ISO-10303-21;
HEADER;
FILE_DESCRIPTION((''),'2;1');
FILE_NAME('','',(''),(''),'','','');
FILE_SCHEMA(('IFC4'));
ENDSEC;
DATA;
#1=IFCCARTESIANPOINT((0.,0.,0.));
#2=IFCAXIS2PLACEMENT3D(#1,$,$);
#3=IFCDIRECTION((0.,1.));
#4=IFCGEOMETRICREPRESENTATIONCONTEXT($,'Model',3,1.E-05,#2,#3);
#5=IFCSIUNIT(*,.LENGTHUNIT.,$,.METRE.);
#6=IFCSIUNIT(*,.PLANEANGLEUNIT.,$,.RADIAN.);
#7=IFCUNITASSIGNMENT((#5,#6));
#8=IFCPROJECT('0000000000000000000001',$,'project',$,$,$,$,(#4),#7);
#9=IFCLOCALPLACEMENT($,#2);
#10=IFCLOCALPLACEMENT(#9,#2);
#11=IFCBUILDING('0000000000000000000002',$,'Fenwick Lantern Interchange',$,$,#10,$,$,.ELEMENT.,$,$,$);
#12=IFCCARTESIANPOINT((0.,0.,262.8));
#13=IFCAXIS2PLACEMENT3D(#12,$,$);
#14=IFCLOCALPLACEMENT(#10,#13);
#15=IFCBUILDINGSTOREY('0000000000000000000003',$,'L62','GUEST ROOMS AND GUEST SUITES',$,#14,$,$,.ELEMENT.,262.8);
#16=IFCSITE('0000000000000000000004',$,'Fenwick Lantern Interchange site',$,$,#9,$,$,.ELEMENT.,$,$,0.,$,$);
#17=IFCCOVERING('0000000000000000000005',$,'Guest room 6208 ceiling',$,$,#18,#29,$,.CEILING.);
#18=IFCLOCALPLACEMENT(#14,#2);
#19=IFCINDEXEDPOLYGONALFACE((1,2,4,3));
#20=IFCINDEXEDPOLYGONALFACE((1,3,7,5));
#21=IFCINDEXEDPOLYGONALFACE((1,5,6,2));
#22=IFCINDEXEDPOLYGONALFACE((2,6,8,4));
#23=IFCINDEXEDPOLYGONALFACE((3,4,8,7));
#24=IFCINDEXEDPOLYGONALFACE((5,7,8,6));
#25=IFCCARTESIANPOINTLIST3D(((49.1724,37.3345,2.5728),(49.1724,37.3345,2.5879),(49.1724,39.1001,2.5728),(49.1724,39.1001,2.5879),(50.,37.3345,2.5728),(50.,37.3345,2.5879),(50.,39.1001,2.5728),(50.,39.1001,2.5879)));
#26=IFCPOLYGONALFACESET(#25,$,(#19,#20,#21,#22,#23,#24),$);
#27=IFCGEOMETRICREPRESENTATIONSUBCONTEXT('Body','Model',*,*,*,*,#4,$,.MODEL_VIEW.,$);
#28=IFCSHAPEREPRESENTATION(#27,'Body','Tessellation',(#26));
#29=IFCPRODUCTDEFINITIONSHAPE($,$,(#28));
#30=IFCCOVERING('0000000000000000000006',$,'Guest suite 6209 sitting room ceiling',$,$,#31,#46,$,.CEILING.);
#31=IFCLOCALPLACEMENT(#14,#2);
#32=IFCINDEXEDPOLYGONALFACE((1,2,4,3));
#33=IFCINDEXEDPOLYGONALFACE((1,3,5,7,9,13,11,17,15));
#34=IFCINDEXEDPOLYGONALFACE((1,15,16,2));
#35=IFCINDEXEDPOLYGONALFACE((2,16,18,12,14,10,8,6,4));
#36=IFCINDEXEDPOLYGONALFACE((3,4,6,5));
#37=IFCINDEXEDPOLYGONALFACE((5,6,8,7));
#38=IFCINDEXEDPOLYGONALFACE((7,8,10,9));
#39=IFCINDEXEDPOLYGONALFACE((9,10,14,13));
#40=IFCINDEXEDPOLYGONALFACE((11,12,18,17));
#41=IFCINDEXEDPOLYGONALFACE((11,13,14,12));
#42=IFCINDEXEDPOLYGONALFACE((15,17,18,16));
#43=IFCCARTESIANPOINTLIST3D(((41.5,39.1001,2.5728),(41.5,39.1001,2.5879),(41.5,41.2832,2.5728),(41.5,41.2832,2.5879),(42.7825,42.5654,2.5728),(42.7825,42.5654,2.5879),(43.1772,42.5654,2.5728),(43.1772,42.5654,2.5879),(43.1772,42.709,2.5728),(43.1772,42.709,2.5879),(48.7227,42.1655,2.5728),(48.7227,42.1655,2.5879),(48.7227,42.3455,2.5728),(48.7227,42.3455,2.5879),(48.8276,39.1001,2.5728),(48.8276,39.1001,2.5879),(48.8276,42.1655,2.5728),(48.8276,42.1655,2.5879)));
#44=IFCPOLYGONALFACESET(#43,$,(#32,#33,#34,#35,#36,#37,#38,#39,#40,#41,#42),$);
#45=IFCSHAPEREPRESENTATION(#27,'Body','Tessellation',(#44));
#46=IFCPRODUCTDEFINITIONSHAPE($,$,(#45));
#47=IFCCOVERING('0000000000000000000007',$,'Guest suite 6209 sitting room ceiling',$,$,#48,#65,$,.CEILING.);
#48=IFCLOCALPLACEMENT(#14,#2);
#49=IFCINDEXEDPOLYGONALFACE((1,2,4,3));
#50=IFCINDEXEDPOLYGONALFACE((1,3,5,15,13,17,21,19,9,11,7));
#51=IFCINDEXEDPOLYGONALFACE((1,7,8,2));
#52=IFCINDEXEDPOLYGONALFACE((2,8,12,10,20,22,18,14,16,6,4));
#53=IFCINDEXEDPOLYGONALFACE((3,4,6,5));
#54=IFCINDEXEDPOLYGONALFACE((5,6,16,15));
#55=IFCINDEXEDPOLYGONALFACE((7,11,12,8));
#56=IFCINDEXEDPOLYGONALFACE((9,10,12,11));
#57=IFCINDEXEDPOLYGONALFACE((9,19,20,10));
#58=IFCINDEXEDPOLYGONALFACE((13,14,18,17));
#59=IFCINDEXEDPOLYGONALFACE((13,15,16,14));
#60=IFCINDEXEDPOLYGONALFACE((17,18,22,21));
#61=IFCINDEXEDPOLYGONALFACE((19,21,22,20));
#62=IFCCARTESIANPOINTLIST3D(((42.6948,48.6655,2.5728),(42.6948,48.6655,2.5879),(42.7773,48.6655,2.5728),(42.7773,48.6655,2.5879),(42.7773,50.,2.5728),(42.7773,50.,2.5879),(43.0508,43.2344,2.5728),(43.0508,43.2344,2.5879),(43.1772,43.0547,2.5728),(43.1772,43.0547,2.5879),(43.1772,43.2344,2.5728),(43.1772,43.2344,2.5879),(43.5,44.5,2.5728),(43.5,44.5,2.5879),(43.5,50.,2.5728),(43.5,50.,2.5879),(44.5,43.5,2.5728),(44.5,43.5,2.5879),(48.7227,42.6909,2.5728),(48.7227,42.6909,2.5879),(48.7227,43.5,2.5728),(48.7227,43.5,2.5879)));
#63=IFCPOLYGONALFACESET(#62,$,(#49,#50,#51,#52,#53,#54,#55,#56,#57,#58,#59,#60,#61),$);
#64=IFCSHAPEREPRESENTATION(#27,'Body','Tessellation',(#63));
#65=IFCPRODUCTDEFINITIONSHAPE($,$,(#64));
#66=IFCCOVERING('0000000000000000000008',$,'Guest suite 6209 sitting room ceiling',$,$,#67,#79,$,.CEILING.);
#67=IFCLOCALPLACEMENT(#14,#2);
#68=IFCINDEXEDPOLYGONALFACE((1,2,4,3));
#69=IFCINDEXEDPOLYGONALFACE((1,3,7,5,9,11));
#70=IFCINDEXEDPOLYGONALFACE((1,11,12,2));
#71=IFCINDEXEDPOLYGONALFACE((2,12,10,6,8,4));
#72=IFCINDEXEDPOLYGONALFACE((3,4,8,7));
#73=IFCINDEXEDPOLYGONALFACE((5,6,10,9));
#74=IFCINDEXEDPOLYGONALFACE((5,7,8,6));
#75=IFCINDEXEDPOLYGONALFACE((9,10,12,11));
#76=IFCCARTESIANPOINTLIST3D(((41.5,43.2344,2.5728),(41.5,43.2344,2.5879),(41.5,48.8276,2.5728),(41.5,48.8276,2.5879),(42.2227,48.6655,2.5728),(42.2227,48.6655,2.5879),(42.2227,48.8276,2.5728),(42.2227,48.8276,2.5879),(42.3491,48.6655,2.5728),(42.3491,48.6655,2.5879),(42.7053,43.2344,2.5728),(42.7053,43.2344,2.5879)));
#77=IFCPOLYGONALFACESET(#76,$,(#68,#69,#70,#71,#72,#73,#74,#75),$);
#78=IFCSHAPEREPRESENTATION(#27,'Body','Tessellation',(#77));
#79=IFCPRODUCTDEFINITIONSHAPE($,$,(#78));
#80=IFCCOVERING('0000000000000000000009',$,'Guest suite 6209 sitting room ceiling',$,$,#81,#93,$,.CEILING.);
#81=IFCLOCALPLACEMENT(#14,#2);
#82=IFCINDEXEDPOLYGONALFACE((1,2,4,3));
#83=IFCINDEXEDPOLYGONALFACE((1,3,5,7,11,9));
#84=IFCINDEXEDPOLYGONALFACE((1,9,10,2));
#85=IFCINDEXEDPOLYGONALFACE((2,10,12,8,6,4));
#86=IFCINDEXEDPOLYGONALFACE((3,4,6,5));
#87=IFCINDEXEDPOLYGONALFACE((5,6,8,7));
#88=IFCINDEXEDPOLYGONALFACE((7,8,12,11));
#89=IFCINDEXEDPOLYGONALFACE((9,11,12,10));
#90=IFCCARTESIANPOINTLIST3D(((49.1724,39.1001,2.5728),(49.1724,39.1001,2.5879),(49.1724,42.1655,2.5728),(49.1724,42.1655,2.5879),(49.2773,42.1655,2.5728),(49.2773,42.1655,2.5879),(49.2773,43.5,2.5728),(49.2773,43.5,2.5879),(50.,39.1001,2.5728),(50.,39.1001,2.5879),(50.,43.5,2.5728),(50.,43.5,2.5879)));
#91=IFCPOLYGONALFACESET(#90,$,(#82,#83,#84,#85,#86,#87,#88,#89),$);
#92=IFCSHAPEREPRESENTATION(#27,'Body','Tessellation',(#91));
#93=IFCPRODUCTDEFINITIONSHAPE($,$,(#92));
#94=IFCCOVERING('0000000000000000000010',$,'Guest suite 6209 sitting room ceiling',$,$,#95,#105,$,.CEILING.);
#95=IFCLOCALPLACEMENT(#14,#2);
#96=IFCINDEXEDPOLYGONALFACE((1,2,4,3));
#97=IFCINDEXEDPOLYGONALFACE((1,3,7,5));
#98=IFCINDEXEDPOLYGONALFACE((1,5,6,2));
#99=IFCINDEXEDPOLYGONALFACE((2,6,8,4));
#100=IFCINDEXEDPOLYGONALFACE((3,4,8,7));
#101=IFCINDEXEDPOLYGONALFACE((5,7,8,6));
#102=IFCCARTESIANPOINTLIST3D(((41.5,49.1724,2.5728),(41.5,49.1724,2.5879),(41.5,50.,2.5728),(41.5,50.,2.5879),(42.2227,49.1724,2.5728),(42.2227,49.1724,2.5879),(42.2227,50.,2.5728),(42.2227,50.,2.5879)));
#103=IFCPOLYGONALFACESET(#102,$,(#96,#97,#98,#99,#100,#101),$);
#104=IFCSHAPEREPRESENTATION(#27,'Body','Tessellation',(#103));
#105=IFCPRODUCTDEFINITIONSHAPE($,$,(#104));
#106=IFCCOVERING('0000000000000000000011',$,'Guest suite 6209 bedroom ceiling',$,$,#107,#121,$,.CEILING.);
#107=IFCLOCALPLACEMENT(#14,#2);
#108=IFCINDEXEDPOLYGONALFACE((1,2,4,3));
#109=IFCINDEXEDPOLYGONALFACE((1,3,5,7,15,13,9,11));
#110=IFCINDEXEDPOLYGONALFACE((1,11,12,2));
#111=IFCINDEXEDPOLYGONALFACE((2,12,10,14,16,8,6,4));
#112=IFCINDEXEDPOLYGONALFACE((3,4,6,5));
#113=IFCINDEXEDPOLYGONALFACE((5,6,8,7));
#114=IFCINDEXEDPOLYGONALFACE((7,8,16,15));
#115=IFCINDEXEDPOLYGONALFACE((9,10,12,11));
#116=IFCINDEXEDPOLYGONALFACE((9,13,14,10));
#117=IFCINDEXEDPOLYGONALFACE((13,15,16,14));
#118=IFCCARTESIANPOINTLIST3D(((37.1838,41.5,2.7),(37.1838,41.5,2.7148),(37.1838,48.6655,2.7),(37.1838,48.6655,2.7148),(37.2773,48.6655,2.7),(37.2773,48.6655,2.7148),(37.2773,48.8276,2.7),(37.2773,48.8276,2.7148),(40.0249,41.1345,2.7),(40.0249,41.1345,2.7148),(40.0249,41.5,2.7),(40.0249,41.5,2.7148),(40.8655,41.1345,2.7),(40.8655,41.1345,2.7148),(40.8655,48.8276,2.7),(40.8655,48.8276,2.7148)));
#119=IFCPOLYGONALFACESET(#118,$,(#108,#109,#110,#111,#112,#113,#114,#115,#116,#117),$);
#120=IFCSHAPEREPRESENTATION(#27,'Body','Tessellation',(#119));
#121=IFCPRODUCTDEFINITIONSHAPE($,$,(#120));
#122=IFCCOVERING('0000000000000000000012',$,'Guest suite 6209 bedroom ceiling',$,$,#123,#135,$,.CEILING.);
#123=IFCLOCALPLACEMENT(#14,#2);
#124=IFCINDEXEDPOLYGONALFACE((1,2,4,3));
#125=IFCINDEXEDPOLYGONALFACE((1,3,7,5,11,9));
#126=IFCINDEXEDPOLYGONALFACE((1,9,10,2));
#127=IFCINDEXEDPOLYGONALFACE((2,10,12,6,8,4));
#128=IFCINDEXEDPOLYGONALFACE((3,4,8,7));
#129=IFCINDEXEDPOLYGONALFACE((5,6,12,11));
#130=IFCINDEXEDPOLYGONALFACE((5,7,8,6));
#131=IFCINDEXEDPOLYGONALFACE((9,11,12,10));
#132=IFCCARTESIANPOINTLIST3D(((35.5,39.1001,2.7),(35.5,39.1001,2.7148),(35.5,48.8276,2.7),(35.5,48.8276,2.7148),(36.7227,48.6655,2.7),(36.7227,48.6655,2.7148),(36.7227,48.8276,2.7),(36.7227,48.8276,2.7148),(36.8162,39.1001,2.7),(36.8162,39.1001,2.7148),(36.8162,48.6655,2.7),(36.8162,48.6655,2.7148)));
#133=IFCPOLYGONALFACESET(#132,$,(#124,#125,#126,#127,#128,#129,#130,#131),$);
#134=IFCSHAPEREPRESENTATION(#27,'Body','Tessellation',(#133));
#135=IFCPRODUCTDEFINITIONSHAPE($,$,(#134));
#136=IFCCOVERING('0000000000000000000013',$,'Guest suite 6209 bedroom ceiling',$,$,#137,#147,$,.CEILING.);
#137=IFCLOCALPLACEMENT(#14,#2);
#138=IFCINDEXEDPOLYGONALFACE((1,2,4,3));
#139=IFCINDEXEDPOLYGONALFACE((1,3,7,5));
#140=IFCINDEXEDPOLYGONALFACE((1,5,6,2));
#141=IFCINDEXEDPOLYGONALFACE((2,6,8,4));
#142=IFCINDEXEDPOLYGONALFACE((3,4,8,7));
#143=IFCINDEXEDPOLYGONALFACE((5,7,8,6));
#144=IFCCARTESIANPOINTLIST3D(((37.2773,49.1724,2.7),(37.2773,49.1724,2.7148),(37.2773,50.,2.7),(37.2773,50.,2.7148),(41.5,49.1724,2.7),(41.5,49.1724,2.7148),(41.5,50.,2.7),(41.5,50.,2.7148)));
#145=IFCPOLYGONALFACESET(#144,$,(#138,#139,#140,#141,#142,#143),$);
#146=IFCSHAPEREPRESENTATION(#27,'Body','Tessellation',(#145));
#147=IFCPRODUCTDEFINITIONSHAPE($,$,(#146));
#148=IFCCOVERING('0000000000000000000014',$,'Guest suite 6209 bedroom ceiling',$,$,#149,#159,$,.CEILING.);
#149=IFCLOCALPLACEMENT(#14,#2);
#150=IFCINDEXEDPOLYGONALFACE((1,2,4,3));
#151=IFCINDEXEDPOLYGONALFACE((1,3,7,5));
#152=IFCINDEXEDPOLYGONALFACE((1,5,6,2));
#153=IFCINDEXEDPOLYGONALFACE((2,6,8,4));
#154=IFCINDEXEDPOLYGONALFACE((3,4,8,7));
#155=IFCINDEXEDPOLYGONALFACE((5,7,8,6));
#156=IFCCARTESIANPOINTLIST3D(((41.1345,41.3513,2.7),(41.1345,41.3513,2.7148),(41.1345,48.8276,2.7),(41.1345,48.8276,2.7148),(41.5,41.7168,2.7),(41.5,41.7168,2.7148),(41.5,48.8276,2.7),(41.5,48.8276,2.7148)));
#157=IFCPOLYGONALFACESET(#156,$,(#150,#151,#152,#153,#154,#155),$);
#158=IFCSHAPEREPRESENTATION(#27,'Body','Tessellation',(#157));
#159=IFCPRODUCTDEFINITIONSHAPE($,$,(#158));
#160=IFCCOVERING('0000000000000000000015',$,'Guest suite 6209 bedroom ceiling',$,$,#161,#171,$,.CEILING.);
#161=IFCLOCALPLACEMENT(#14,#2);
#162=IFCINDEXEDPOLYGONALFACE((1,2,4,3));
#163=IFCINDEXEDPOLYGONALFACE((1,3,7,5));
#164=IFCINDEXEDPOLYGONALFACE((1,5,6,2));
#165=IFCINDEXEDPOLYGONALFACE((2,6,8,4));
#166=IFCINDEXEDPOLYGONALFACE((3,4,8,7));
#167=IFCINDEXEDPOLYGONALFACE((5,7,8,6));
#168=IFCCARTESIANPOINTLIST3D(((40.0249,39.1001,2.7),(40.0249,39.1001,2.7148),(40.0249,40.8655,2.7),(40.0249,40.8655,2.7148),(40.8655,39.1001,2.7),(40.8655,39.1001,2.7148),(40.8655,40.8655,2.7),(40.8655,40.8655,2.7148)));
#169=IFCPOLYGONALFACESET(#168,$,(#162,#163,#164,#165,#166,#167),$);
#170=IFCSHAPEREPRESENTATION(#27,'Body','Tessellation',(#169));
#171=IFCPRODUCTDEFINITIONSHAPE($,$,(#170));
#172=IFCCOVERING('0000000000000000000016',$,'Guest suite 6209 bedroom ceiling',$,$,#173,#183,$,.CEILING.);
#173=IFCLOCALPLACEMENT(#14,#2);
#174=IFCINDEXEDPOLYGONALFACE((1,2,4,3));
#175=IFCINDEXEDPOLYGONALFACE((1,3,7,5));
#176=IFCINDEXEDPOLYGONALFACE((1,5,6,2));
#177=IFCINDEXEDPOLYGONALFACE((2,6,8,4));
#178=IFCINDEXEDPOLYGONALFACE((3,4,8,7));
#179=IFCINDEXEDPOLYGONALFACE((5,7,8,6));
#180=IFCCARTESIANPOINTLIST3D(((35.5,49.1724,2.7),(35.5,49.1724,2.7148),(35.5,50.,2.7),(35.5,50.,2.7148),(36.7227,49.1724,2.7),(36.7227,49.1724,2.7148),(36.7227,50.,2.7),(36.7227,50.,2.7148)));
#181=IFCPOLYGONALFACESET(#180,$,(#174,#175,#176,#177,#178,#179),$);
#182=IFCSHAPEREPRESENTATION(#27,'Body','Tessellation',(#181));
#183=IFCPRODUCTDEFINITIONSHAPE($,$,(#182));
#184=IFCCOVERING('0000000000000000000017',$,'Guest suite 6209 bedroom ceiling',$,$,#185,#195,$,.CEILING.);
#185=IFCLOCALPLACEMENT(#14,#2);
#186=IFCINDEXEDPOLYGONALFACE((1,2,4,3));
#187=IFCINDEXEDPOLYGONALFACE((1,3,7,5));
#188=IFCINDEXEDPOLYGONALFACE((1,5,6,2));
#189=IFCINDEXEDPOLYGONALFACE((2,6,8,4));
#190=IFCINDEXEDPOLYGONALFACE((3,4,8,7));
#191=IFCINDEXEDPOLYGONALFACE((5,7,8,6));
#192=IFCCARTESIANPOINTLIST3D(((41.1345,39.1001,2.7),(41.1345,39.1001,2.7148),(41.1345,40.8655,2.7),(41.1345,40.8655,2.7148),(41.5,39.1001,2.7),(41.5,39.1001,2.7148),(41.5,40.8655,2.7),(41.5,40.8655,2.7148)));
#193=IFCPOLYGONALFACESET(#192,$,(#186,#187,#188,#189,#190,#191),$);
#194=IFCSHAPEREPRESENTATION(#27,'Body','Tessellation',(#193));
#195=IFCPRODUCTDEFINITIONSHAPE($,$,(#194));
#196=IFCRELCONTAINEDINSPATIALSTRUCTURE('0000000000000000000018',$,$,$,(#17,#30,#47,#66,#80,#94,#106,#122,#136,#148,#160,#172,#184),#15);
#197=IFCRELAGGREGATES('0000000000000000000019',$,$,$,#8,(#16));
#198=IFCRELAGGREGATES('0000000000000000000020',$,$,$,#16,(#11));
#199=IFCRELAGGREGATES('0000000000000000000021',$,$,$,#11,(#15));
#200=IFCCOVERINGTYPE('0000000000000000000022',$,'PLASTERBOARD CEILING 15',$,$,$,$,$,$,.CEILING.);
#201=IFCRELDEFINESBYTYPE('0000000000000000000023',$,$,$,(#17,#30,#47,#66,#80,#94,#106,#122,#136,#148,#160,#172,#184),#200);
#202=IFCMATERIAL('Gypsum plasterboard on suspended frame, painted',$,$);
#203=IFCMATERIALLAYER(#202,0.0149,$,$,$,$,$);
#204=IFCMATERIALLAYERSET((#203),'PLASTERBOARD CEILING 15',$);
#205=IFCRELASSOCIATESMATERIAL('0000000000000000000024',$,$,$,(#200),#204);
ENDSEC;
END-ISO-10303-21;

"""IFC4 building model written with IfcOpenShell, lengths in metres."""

from ifc_helpers import new_model, si_unit, direction, frame, origin, place, context, subcontext, project, spatial, polyline, outline, extrude, material, layer, layer_set, type_object, element, save


model = new_model("IFC4")

# Units and contexts
model_context = context("Model", 3, precision=1e-05, world=origin(), true_north=direction((0.0, 1.0)))
body_context = subcontext(model_context, "Body", "Model", "MODEL_VIEW")
ifc_project = project(units=[si_unit("LENGTHUNIT", "METRE"), si_unit("PLANEANGLEUNIT", "RADIAN")], contexts=[model_context])

# Site, building, storey
site_placement = place(None, origin())
site = spatial("IfcSite", under=ifc_project, at=site_placement, Name="Fenwick Lantern Interchange site", CompositionType="ELEMENT", RefElevation=0.0)
building_placement = place(site_placement, origin())
building = spatial("IfcBuilding", under=site, at=building_placement, Name="Fenwick Lantern Interchange", CompositionType="ELEMENT")
storey_placement = place(building_placement, frame((0.0, 0.0, 262.8)))
storey = spatial("IfcBuildingStorey", under=building, at=storey_placement, Name="L62", Description="GUEST ROOMS AND GUEST SUITES", CompositionType="ELEMENT", Elevation=262.8)

# Coverings
ifc_material_1 = material(Name="Gypsum plasterboard on suspended frame, painted")
ifc_layer_1 = layer(ifc_material_1, 0.0149)
ifc_layer_set_1 = layer_set([ifc_layer_1], Name="PLASTERBOARD CEILING 15")
covering_type_1 = type_object("IfcCoveringType", Name="PLASTERBOARD CEILING 15", PredefinedType="CEILING", material=ifc_layer_set_1)
covering_1_placement = place(storey_placement, frame((0.0, 0.0, 2.5728)))
element("IfcCovering", 1, at=covering_1_placement, inside=storey, type_object=covering_type_1, Name="Guest room 6208 ceiling", PredefinedType="CEILING", context=body_context, shape_type="SweptSolid", body=[
    extrude(outline(polyline([(49.1724, 37.3345), (50.0, 37.3345), (50.0, 39.1001), (49.1724, 39.1001), (49.1724, 37.3345)])), origin(), (0.0, 0.0, 1.0), 0.0151),
])
covering_2_placement = place(storey_placement, frame((0.0, 0.0, 2.5728)))
element("IfcCovering", 2, at=covering_2_placement, inside=storey, type_object=covering_type_1, Name="Guest suite 6209 sitting room ceiling", PredefinedType="CEILING", context=body_context, shape_type="SweptSolid", body=[
    extrude(outline(polyline([(48.8276, 42.1655), (48.7227, 42.1655), (48.7227, 42.3455), (43.1772, 42.709), (43.1772, 42.5654), (42.7825, 42.5654), (41.5, 41.2832), (41.5, 39.1001), (48.8276, 39.1001), (48.8276, 42.1655)])), origin(), (0.0, 0.0, 1.0), 0.0151),
])
covering_3_placement = place(storey_placement, frame((0.0, 0.0, 2.5728)))
element("IfcCovering", 3, at=covering_3_placement, inside=storey, type_object=covering_type_1, Name="Guest suite 6209 sitting room ceiling", PredefinedType="CEILING", context=body_context, shape_type="SweptSolid", body=[
    extrude(outline(polyline([(43.1772, 43.2344), (43.1772, 43.0547), (48.7227, 42.6909), (48.7227, 43.5), (44.5, 43.5), (43.5, 44.5), (43.5, 50.0), (42.7773, 50.0), (42.7773, 48.6655), (42.6948, 48.6655), (43.0508, 43.2344), (43.1772, 43.2344)])), origin(), (0.0, 0.0, 1.0), 0.0151),
])
covering_4_placement = place(storey_placement, frame((0.0, 0.0, 2.5728)))
element("IfcCovering", 4, at=covering_4_placement, inside=storey, type_object=covering_type_1, Name="Guest suite 6209 sitting room ceiling", PredefinedType="CEILING", context=body_context, shape_type="SweptSolid", body=[
    extrude(outline(polyline([(41.5, 43.2344), (42.7053, 43.2344), (42.3491, 48.6655), (42.2227, 48.6655), (42.2227, 48.8276), (41.5, 48.8276), (41.5, 43.2344)])), origin(), (0.0, 0.0, 1.0), 0.0151),
])
covering_5_placement = place(storey_placement, frame((0.0, 0.0, 2.5728)))
element("IfcCovering", 5, at=covering_5_placement, inside=storey, type_object=covering_type_1, Name="Guest suite 6209 sitting room ceiling", PredefinedType="CEILING", context=body_context, shape_type="SweptSolid", body=[
    extrude(outline(polyline([(49.2773, 42.1655), (49.1724, 42.1655), (49.1724, 39.1001), (50.0, 39.1001), (50.0, 43.5), (49.2773, 43.5), (49.2773, 42.1655)])), origin(), (0.0, 0.0, 1.0), 0.0151),
])
covering_6_placement = place(storey_placement, frame((0.0, 0.0, 2.5728)))
element("IfcCovering", 6, at=covering_6_placement, inside=storey, type_object=covering_type_1, Name="Guest suite 6209 sitting room ceiling", PredefinedType="CEILING", context=body_context, shape_type="SweptSolid", body=[
    extrude(outline(polyline([(41.5, 50.0), (41.5, 49.1724), (42.2227, 49.1724), (42.2227, 50.0), (41.5, 50.0)])), origin(), (0.0, 0.0, 1.0), 0.0151),
])
covering_7_placement = place(storey_placement, frame((0.0, 0.0, 2.7)))
element("IfcCovering", 7, at=covering_7_placement, inside=storey, type_object=covering_type_1, Name="Guest suite 6209 bedroom ceiling", PredefinedType="CEILING", context=body_context, shape_type="SweptSolid", body=[
    extrude(outline(polyline([(37.2773, 48.6655), (37.1838, 48.6655), (37.1838, 41.5), (40.0249, 41.5), (40.0249, 41.1345), (40.8655, 41.1345), (40.8655, 48.8276), (37.2773, 48.8276), (37.2773, 48.6655)])), origin(), (0.0, 0.0, 1.0), 0.0149),
])
covering_8_placement = place(storey_placement, frame((0.0, 0.0, 2.7)))
element("IfcCovering", 8, at=covering_8_placement, inside=storey, type_object=covering_type_1, Name="Guest suite 6209 bedroom ceiling", PredefinedType="CEILING", context=body_context, shape_type="SweptSolid", body=[
    extrude(outline(polyline([(36.7227, 48.6655), (36.7227, 48.8276), (35.5, 48.8276), (35.5, 39.1001), (36.8162, 39.1001), (36.8162, 48.6655), (36.7227, 48.6655)])), origin(), (0.0, 0.0, 1.0), 0.0149),
])
covering_9_placement = place(storey_placement, frame((0.0, 0.0, 2.7)))
element("IfcCovering", 9, at=covering_9_placement, inside=storey, type_object=covering_type_1, Name="Guest suite 6209 bedroom ceiling", PredefinedType="CEILING", context=body_context, shape_type="SweptSolid", body=[
    extrude(outline(polyline([(37.2773, 50.0), (37.2773, 49.1724), (41.5, 49.1724), (41.5, 50.0), (37.2773, 50.0)])), origin(), (0.0, 0.0, 1.0), 0.0149),
])
covering_10_placement = place(storey_placement, frame((0.0, 0.0, 2.7)))
element("IfcCovering", 10, at=covering_10_placement, inside=storey, type_object=covering_type_1, Name="Guest suite 6209 bedroom ceiling", PredefinedType="CEILING", context=body_context, shape_type="SweptSolid", body=[
    extrude(outline(polyline([(41.5, 41.7168), (41.5, 48.8276), (41.1345, 48.8276), (41.1345, 41.3513), (41.5, 41.7168)])), origin(), (0.0, 0.0, 1.0), 0.0149),
])
covering_11_placement = place(storey_placement, frame((0.0, 0.0, 2.7)))
element("IfcCovering", 11, at=covering_11_placement, inside=storey, type_object=covering_type_1, Name="Guest suite 6209 bedroom ceiling", PredefinedType="CEILING", context=body_context, shape_type="SweptSolid", body=[
    extrude(outline(polyline([(40.0249, 39.1001), (40.8655, 39.1001), (40.8655, 40.8655), (40.0249, 40.8655), (40.0249, 39.1001)])), origin(), (0.0, 0.0, 1.0), 0.0149),
])
covering_12_placement = place(storey_placement, frame((0.0, 0.0, 2.7)))
element("IfcCovering", 12, at=covering_12_placement, inside=storey, type_object=covering_type_1, Name="Guest suite 6209 bedroom ceiling", PredefinedType="CEILING", context=body_context, shape_type="SweptSolid", body=[
    extrude(outline(polyline([(36.7227, 50.0), (35.5, 50.0), (35.5, 49.1724), (36.7227, 49.1724), (36.7227, 50.0)])), origin(), (0.0, 0.0, 1.0), 0.0149),
])
covering_13_placement = place(storey_placement, frame((0.0, 0.0, 2.7)))
element("IfcCovering", 13, at=covering_13_placement, inside=storey, type_object=covering_type_1, Name="Guest suite 6209 bedroom ceiling", PredefinedType="CEILING", context=body_context, shape_type="SweptSolid", body=[
    extrude(outline(polyline([(41.5, 39.1001), (41.5, 40.8655), (41.1345, 40.8655), (41.1345, 39.1001), (41.5, 39.1001)])), origin(), (0.0, 0.0, 1.0), 0.0149),
])

save(model, "model.ifc")
